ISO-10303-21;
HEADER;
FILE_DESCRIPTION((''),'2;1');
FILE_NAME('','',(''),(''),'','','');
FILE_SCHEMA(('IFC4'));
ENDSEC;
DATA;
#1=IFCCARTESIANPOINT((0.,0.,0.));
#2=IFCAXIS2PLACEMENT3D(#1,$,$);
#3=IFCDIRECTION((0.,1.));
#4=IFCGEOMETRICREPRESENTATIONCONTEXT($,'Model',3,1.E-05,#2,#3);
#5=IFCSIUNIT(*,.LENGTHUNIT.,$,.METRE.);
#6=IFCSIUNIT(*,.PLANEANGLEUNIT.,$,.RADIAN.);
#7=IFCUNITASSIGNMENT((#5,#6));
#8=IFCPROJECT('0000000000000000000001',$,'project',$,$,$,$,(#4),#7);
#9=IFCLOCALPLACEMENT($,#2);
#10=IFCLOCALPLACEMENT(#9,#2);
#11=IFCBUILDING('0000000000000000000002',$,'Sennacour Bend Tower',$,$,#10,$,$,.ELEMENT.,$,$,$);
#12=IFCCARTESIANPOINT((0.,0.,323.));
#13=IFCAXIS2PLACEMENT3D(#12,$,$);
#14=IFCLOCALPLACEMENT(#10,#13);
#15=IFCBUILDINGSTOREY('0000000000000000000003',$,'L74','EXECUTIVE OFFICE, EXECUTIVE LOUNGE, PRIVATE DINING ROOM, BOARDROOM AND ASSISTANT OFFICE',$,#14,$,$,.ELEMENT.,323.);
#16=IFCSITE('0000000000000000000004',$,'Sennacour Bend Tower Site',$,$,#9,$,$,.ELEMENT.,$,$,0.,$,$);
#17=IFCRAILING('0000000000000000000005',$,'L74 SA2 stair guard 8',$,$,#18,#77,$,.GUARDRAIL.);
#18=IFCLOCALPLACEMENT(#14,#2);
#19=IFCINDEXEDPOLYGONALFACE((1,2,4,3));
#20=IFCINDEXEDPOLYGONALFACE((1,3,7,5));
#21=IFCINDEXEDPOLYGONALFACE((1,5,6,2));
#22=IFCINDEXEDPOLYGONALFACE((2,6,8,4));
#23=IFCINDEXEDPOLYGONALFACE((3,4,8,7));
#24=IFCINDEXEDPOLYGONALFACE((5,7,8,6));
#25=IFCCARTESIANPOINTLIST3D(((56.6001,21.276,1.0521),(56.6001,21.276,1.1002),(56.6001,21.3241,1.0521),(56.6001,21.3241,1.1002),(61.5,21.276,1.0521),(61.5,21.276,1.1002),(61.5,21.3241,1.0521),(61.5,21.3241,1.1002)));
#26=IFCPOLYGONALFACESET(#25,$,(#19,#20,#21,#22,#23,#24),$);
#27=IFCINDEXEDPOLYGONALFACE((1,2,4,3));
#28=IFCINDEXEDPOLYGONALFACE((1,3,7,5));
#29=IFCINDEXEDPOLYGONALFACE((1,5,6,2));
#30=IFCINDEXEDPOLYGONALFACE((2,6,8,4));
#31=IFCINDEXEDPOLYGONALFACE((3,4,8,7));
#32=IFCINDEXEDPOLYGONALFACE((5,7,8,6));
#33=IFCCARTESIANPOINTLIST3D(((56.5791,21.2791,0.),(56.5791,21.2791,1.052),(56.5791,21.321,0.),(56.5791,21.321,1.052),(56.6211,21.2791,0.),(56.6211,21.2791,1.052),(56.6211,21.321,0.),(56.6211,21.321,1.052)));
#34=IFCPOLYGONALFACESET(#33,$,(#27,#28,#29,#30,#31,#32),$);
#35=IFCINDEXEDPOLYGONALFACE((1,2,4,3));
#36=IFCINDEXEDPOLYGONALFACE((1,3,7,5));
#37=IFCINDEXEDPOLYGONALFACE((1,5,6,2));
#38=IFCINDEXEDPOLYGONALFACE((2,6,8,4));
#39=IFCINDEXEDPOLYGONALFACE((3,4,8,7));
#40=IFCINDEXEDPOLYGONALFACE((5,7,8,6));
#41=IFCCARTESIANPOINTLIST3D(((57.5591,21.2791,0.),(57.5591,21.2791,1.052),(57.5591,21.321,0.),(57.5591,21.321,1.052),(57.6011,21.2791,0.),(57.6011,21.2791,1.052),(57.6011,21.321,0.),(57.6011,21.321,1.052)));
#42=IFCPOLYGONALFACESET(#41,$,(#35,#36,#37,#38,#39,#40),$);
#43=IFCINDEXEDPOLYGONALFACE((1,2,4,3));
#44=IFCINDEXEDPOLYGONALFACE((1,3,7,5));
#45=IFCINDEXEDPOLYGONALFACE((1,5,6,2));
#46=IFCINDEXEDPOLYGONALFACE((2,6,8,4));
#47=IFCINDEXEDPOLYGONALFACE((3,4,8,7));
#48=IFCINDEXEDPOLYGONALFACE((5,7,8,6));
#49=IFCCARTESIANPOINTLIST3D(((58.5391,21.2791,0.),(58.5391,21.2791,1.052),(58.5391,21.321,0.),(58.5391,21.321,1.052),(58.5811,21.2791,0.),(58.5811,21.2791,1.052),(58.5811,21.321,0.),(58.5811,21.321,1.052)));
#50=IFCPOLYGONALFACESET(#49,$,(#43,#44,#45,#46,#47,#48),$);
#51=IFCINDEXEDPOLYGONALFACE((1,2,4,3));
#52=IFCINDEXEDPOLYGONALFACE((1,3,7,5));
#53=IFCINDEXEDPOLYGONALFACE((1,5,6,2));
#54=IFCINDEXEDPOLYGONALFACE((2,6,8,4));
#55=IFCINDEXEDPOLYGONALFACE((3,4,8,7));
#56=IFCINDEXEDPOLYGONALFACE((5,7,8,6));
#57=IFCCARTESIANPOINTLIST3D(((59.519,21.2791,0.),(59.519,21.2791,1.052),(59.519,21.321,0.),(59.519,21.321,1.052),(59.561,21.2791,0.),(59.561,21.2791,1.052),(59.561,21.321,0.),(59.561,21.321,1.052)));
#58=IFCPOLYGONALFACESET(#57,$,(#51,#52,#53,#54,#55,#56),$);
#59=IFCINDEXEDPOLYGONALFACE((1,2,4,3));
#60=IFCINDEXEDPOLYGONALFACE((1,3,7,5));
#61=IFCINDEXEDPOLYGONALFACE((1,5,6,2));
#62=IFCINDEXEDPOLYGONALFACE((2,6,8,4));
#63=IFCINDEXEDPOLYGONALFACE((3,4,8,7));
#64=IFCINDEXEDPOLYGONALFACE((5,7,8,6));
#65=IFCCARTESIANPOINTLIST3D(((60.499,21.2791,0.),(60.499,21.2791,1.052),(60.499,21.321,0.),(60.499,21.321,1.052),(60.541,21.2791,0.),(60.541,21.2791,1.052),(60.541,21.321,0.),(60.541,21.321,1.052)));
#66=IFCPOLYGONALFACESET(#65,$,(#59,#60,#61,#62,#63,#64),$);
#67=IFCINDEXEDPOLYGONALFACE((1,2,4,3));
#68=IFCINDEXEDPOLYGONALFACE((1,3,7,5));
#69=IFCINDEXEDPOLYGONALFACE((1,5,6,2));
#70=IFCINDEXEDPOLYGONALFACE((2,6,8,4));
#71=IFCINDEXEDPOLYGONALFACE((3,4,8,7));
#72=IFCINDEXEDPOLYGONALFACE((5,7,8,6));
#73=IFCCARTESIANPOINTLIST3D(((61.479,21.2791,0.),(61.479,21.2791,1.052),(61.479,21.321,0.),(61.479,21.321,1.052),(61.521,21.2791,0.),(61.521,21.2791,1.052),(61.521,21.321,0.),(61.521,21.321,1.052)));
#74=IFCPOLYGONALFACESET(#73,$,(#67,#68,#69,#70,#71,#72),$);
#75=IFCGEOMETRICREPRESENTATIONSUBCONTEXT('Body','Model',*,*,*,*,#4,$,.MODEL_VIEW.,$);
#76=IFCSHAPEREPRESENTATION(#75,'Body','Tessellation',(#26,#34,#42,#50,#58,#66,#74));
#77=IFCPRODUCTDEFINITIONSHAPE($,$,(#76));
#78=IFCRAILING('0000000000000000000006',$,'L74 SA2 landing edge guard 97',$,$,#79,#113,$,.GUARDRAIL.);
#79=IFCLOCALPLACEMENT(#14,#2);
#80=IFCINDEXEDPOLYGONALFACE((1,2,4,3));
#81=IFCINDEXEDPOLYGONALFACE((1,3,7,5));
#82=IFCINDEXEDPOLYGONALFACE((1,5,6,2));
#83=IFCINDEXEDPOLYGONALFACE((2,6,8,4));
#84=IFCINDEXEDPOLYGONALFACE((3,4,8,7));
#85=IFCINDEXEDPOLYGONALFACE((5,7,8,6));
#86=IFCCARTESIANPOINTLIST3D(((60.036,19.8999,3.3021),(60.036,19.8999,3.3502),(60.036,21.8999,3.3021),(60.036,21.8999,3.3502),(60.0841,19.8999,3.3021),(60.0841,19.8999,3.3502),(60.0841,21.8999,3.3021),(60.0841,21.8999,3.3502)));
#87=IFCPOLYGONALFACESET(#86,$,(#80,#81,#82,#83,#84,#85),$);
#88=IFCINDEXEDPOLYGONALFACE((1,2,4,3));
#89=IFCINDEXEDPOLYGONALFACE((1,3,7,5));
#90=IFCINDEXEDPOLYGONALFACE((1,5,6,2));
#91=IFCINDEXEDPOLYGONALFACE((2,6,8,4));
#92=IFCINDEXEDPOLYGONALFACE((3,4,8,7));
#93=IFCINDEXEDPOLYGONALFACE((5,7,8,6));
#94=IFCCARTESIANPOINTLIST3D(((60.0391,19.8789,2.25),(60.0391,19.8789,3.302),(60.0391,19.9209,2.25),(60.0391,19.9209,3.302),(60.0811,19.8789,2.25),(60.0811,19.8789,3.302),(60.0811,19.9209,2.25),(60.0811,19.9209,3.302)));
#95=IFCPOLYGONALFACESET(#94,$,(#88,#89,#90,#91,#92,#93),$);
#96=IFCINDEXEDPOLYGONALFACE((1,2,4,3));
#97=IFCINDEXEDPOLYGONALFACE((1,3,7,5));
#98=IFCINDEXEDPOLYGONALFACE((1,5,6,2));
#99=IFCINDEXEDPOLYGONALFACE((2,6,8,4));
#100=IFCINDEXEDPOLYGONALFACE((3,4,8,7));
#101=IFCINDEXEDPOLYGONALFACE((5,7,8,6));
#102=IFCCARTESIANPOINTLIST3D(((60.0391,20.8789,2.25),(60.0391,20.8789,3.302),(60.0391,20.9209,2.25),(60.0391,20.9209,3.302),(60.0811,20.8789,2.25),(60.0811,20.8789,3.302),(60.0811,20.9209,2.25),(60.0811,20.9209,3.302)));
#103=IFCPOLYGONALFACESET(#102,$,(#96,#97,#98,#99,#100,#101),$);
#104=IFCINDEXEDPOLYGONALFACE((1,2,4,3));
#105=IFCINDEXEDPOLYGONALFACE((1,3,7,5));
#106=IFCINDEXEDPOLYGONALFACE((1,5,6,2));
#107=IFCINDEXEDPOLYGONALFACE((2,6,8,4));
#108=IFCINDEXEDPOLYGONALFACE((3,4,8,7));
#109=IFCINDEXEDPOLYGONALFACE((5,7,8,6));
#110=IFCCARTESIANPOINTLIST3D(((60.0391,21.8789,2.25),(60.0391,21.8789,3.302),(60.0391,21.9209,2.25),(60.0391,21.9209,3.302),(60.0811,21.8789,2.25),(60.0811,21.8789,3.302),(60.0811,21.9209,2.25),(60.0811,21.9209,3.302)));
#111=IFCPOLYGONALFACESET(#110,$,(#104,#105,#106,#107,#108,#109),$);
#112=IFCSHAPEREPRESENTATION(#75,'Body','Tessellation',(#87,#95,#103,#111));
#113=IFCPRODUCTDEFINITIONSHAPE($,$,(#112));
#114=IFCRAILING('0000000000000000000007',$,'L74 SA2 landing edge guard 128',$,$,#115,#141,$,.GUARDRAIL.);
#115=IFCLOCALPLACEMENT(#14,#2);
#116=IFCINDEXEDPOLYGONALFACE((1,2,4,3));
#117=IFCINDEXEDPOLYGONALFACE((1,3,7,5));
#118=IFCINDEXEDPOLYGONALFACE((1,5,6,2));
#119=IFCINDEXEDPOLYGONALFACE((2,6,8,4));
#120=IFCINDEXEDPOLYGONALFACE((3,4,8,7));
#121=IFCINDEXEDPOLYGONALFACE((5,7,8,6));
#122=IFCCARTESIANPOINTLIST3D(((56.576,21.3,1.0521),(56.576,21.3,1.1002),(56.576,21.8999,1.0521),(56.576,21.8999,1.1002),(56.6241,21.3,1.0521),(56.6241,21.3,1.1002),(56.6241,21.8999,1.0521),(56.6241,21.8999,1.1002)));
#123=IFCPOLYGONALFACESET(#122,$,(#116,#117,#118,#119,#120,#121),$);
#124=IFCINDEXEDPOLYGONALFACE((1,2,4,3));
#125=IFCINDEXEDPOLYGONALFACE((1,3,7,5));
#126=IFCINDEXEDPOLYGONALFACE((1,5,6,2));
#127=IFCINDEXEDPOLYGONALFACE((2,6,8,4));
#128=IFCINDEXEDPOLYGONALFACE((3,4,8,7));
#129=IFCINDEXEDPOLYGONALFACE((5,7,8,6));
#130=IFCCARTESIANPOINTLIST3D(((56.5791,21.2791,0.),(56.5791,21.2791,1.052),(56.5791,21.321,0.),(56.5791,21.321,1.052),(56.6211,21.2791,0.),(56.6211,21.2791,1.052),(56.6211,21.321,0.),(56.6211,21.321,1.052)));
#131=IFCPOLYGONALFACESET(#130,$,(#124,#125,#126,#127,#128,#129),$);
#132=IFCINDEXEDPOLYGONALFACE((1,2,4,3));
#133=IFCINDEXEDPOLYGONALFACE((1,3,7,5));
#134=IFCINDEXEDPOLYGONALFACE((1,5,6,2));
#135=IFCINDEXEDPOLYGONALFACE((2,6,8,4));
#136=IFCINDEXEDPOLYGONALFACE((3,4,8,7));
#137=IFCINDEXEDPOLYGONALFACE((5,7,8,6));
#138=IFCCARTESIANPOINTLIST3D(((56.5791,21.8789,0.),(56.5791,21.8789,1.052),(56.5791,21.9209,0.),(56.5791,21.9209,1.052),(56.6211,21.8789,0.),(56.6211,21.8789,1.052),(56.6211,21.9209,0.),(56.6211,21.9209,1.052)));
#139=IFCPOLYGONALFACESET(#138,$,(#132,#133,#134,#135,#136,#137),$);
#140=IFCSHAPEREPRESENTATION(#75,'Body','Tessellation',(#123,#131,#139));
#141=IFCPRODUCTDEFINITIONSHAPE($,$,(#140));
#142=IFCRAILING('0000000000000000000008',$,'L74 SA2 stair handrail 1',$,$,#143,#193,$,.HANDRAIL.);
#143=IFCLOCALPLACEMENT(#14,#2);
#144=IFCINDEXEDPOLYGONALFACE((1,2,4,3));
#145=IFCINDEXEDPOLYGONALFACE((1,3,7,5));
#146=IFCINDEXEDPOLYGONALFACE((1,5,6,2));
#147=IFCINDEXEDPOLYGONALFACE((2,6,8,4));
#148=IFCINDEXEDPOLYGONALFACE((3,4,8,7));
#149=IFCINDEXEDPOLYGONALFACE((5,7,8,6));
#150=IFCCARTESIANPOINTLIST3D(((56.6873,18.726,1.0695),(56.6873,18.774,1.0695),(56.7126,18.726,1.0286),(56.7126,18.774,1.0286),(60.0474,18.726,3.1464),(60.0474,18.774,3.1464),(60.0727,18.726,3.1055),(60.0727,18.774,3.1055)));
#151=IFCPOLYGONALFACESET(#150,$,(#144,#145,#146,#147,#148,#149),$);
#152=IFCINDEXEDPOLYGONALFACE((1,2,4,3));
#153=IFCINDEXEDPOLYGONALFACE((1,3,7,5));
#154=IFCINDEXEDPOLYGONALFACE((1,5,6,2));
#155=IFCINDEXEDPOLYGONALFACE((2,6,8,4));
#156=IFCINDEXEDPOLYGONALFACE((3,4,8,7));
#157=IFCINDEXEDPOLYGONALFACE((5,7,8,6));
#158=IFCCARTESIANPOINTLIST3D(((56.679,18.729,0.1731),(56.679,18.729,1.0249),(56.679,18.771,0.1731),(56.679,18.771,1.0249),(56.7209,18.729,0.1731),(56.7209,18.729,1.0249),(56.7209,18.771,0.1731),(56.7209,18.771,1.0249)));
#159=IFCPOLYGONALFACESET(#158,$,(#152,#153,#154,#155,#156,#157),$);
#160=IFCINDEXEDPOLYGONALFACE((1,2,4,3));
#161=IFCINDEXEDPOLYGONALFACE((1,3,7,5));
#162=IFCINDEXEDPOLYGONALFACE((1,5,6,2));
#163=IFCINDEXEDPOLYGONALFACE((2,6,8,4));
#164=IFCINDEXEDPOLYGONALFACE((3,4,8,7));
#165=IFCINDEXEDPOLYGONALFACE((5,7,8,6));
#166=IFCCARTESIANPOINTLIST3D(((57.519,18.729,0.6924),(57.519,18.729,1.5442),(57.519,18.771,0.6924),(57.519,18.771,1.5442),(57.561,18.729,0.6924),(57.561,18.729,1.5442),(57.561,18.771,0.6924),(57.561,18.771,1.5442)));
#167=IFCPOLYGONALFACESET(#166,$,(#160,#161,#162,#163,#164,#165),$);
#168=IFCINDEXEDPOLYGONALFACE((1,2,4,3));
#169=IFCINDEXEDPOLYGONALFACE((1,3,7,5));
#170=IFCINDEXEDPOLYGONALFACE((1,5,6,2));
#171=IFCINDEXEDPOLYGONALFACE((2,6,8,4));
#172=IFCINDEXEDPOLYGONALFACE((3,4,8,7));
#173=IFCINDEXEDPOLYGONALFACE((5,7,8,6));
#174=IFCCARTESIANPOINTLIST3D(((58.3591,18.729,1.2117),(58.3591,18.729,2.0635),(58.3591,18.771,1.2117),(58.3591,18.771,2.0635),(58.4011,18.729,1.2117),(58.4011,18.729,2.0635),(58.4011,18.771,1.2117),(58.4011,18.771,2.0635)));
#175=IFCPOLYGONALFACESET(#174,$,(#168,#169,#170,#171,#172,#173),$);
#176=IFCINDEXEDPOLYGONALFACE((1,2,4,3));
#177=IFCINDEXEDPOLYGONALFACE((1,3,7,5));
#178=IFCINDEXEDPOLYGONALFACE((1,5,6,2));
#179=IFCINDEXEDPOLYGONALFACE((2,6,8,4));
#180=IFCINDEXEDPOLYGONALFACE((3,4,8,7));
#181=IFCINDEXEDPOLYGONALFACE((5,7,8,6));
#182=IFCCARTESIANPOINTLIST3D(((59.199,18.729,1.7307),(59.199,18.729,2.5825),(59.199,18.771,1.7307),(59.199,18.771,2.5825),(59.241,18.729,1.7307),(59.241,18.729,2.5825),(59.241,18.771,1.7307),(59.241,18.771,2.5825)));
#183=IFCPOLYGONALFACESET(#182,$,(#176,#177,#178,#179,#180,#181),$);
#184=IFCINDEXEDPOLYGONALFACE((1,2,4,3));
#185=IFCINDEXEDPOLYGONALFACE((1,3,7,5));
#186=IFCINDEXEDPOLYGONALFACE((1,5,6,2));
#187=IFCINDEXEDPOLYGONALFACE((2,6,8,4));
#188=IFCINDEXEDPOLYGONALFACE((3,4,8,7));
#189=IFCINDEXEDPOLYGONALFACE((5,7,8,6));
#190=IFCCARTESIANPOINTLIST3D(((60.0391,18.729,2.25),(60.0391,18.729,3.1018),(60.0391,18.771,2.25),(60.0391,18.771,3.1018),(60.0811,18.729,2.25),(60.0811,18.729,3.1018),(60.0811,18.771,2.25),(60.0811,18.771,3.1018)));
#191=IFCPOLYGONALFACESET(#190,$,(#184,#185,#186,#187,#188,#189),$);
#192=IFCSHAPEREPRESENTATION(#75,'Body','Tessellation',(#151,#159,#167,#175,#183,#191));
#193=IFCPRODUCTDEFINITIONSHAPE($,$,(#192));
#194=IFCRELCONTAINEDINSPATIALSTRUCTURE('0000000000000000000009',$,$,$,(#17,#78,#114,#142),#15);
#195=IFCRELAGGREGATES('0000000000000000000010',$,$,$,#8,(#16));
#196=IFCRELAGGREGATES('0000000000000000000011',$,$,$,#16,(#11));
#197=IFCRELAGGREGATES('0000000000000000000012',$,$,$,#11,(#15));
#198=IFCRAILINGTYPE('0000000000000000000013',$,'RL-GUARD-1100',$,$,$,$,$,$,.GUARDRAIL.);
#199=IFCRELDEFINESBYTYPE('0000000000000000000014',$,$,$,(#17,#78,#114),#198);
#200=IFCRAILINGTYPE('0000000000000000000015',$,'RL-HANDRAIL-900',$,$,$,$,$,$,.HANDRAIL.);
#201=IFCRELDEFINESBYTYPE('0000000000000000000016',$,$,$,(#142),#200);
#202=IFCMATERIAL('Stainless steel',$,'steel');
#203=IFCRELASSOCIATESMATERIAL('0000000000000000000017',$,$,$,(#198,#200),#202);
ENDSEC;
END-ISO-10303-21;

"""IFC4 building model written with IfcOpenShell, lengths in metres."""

from ifc_helpers import new_model, si_unit, direction, frame, origin, origin_2d, place, context, subcontext, project, spatial, rectangle, extrude, material, type_object, element, save


model = new_model("IFC4")

# Units and contexts
model_context = context("Model", 3, precision=1e-05, world=origin(), true_north=direction((0.0, 1.0)))
body_context = subcontext(model_context, "Body", "Model", "MODEL_VIEW")
ifc_project = project(units=[si_unit("LENGTHUNIT", "METRE"), si_unit("PLANEANGLEUNIT", "RADIAN")], contexts=[model_context])

# Site, building, storey
site_placement = place(None, origin())
site = spatial("IfcSite", under=ifc_project, at=site_placement, Name="Sennacour Bend Tower Site", CompositionType="ELEMENT", RefElevation=0.0)
building_placement = place(site_placement, origin())
building = spatial("IfcBuilding", under=site, at=building_placement, Name="Sennacour Bend Tower", CompositionType="ELEMENT")
storey_placement = place(building_placement, frame((0.0, 0.0, 323.0)))
storey = spatial("IfcBuildingStorey", under=building, at=storey_placement, Name="L74", Description="EXECUTIVE OFFICE, EXECUTIVE LOUNGE, PRIVATE DINING ROOM, BOARDROOM AND ASSISTANT OFFICE", CompositionType="ELEMENT", Elevation=323.0)

# Shared definitions
ifc_material_1 = material(Name="Stainless steel", Category="steel")

# Railings
railing_type_1 = type_object("IfcRailingType", Name="RL-GUARD-1100", PredefinedType="GUARDRAIL", material=ifc_material_1)
railing_1_placement = place(storey_placement, frame((56.6001, 21.3, 0.0)))
element("IfcRailing", 1, at=railing_1_placement, inside=storey, type_object=railing_type_1, Name="L74 SA2 stair guard 8", PredefinedType="GUARDRAIL", context=body_context, shape_type="SweptSolid", body=[
    extrude(rectangle(XDim=0.0481, YDim=0.0481, at=origin_2d()), frame((0.0, 0.0, 1.0762), z_axis=(1.0, 0.0, 0.0), x_axis=(0.0, 1.0, 0.0)), (0.0, 0.0, 1.0), 4.8999),
    extrude(rectangle(XDim=0.042, YDim=0.042, at=origin_2d()), origin(), (0.0, 0.0, 1.0), 1.052),
    extrude(rectangle(XDim=0.042, YDim=0.042, at=origin_2d()), frame((0.98, 0.0, 0.0)), (0.0, 0.0, 1.0), 1.052),
    extrude(rectangle(XDim=0.042, YDim=0.042, at=origin_2d()), frame((1.96, 0.0, 0.0)), (0.0, 0.0, 1.0), 1.052),
    extrude(rectangle(XDim=0.042, YDim=0.042, at=origin_2d()), frame((2.9399, 0.0, 0.0)), (0.0, 0.0, 1.0), 1.052),
    extrude(rectangle(XDim=0.042, YDim=0.042, at=origin_2d()), frame((3.9199, 0.0, 0.0)), (0.0, 0.0, 1.0), 1.052),
    extrude(rectangle(XDim=0.042, YDim=0.042, at=origin_2d()), frame((4.8999, 0.0, 0.0)), (0.0, 0.0, 1.0), 1.052),
])
railing_2_placement = place(storey_placement, frame((60.0601, 19.8999, 2.25)))
element("IfcRailing", 2, at=railing_2_placement, inside=storey, type_object=railing_type_1, Name="L74 SA2 landing edge guard 97", PredefinedType="GUARDRAIL", context=body_context, shape_type="SweptSolid", body=[
    extrude(rectangle(XDim=0.0481, YDim=0.0481, at=origin_2d()), frame((0.0, 0.0, 1.0762), z_axis=(0.0, 1.0, 0.0), x_axis=(-1.0, 0.0, 0.0)), (0.0, 0.0, 1.0), 2.0),
    extrude(rectangle(XDim=0.042, YDim=0.042, at=origin_2d()), origin(), (0.0, 0.0, 1.0), 1.052),
    extrude(rectangle(XDim=0.042, YDim=0.042, at=origin_2d()), frame((0.0, 1.0, 0.0)), (0.0, 0.0, 1.0), 1.052),
    extrude(rectangle(XDim=0.042, YDim=0.042, at=origin_2d()), frame((0.0, 2.0, 0.0)), (0.0, 0.0, 1.0), 1.052),
])
railing_3_placement = place(storey_placement, frame((56.6001, 21.3, 0.0)))
element("IfcRailing", 3, at=railing_3_placement, inside=storey, type_object=railing_type_1, Name="L74 SA2 landing edge guard 128", PredefinedType="GUARDRAIL", context=body_context, shape_type="SweptSolid", body=[
    extrude(rectangle(XDim=0.0481, YDim=0.0481, at=origin_2d()), frame((0.0, 0.0, 1.0762), z_axis=(0.0, 1.0, 0.0), x_axis=(-1.0, 0.0, 0.0)), (0.0, 0.0, 1.0), 0.5999),
    extrude(rectangle(XDim=0.042, YDim=0.042, at=origin_2d()), origin(), (0.0, 0.0, 1.0), 1.052),
    extrude(rectangle(XDim=0.042, YDim=0.042, at=origin_2d()), frame((0.0, 0.5999, 0.0)), (0.0, 0.0, 1.0), 1.052),
])
railing_type_2 = type_object("IfcRailingType", Name="RL-HANDRAIL-900", PredefinedType="HANDRAIL", material=ifc_material_1)
railing_4_placement = place(storey_placement, frame((56.7, 18.75, 0.1731)))
element("IfcRailing", 4, at=railing_4_placement, inside=storey, type_object=railing_type_2, Name="L74 SA2 stair handrail 1", PredefinedType="HANDRAIL", context=body_context, shape_type="SweptSolid", body=[
    extrude(rectangle(XDim=0.0481, YDim=0.0481, at=origin_2d()), frame((0.0, 0.0, 0.876), z_axis=(0.850623, 0.0, 0.525776), x_axis=(0.0, 1.0, 0.0)), (0.0, 0.0, 1.0), 3.9502),
    extrude(rectangle(XDim=0.042, YDim=0.042, at=origin_2d()), origin(), (0.0, 0.0, 1.0), 0.8518),
    extrude(rectangle(XDim=0.042, YDim=0.042, at=origin_2d()), frame((0.8401, 0.0, 0.5193)), (0.0, 0.0, 1.0), 0.8518),
    extrude(rectangle(XDim=0.042, YDim=0.042, at=origin_2d()), frame((1.6802, 0.0, 1.0386)), (0.0, 0.0, 1.0), 0.8518),
    extrude(rectangle(XDim=0.042, YDim=0.042, at=origin_2d()), frame((2.52, 0.0, 1.5576)), (0.0, 0.0, 1.0), 0.8518),
    extrude(rectangle(XDim=0.042, YDim=0.042, at=origin_2d()), frame((3.3601, 0.0, 2.0769)), (0.0, 0.0, 1.0), 0.8518),
])

save(model, "model.ifc")
